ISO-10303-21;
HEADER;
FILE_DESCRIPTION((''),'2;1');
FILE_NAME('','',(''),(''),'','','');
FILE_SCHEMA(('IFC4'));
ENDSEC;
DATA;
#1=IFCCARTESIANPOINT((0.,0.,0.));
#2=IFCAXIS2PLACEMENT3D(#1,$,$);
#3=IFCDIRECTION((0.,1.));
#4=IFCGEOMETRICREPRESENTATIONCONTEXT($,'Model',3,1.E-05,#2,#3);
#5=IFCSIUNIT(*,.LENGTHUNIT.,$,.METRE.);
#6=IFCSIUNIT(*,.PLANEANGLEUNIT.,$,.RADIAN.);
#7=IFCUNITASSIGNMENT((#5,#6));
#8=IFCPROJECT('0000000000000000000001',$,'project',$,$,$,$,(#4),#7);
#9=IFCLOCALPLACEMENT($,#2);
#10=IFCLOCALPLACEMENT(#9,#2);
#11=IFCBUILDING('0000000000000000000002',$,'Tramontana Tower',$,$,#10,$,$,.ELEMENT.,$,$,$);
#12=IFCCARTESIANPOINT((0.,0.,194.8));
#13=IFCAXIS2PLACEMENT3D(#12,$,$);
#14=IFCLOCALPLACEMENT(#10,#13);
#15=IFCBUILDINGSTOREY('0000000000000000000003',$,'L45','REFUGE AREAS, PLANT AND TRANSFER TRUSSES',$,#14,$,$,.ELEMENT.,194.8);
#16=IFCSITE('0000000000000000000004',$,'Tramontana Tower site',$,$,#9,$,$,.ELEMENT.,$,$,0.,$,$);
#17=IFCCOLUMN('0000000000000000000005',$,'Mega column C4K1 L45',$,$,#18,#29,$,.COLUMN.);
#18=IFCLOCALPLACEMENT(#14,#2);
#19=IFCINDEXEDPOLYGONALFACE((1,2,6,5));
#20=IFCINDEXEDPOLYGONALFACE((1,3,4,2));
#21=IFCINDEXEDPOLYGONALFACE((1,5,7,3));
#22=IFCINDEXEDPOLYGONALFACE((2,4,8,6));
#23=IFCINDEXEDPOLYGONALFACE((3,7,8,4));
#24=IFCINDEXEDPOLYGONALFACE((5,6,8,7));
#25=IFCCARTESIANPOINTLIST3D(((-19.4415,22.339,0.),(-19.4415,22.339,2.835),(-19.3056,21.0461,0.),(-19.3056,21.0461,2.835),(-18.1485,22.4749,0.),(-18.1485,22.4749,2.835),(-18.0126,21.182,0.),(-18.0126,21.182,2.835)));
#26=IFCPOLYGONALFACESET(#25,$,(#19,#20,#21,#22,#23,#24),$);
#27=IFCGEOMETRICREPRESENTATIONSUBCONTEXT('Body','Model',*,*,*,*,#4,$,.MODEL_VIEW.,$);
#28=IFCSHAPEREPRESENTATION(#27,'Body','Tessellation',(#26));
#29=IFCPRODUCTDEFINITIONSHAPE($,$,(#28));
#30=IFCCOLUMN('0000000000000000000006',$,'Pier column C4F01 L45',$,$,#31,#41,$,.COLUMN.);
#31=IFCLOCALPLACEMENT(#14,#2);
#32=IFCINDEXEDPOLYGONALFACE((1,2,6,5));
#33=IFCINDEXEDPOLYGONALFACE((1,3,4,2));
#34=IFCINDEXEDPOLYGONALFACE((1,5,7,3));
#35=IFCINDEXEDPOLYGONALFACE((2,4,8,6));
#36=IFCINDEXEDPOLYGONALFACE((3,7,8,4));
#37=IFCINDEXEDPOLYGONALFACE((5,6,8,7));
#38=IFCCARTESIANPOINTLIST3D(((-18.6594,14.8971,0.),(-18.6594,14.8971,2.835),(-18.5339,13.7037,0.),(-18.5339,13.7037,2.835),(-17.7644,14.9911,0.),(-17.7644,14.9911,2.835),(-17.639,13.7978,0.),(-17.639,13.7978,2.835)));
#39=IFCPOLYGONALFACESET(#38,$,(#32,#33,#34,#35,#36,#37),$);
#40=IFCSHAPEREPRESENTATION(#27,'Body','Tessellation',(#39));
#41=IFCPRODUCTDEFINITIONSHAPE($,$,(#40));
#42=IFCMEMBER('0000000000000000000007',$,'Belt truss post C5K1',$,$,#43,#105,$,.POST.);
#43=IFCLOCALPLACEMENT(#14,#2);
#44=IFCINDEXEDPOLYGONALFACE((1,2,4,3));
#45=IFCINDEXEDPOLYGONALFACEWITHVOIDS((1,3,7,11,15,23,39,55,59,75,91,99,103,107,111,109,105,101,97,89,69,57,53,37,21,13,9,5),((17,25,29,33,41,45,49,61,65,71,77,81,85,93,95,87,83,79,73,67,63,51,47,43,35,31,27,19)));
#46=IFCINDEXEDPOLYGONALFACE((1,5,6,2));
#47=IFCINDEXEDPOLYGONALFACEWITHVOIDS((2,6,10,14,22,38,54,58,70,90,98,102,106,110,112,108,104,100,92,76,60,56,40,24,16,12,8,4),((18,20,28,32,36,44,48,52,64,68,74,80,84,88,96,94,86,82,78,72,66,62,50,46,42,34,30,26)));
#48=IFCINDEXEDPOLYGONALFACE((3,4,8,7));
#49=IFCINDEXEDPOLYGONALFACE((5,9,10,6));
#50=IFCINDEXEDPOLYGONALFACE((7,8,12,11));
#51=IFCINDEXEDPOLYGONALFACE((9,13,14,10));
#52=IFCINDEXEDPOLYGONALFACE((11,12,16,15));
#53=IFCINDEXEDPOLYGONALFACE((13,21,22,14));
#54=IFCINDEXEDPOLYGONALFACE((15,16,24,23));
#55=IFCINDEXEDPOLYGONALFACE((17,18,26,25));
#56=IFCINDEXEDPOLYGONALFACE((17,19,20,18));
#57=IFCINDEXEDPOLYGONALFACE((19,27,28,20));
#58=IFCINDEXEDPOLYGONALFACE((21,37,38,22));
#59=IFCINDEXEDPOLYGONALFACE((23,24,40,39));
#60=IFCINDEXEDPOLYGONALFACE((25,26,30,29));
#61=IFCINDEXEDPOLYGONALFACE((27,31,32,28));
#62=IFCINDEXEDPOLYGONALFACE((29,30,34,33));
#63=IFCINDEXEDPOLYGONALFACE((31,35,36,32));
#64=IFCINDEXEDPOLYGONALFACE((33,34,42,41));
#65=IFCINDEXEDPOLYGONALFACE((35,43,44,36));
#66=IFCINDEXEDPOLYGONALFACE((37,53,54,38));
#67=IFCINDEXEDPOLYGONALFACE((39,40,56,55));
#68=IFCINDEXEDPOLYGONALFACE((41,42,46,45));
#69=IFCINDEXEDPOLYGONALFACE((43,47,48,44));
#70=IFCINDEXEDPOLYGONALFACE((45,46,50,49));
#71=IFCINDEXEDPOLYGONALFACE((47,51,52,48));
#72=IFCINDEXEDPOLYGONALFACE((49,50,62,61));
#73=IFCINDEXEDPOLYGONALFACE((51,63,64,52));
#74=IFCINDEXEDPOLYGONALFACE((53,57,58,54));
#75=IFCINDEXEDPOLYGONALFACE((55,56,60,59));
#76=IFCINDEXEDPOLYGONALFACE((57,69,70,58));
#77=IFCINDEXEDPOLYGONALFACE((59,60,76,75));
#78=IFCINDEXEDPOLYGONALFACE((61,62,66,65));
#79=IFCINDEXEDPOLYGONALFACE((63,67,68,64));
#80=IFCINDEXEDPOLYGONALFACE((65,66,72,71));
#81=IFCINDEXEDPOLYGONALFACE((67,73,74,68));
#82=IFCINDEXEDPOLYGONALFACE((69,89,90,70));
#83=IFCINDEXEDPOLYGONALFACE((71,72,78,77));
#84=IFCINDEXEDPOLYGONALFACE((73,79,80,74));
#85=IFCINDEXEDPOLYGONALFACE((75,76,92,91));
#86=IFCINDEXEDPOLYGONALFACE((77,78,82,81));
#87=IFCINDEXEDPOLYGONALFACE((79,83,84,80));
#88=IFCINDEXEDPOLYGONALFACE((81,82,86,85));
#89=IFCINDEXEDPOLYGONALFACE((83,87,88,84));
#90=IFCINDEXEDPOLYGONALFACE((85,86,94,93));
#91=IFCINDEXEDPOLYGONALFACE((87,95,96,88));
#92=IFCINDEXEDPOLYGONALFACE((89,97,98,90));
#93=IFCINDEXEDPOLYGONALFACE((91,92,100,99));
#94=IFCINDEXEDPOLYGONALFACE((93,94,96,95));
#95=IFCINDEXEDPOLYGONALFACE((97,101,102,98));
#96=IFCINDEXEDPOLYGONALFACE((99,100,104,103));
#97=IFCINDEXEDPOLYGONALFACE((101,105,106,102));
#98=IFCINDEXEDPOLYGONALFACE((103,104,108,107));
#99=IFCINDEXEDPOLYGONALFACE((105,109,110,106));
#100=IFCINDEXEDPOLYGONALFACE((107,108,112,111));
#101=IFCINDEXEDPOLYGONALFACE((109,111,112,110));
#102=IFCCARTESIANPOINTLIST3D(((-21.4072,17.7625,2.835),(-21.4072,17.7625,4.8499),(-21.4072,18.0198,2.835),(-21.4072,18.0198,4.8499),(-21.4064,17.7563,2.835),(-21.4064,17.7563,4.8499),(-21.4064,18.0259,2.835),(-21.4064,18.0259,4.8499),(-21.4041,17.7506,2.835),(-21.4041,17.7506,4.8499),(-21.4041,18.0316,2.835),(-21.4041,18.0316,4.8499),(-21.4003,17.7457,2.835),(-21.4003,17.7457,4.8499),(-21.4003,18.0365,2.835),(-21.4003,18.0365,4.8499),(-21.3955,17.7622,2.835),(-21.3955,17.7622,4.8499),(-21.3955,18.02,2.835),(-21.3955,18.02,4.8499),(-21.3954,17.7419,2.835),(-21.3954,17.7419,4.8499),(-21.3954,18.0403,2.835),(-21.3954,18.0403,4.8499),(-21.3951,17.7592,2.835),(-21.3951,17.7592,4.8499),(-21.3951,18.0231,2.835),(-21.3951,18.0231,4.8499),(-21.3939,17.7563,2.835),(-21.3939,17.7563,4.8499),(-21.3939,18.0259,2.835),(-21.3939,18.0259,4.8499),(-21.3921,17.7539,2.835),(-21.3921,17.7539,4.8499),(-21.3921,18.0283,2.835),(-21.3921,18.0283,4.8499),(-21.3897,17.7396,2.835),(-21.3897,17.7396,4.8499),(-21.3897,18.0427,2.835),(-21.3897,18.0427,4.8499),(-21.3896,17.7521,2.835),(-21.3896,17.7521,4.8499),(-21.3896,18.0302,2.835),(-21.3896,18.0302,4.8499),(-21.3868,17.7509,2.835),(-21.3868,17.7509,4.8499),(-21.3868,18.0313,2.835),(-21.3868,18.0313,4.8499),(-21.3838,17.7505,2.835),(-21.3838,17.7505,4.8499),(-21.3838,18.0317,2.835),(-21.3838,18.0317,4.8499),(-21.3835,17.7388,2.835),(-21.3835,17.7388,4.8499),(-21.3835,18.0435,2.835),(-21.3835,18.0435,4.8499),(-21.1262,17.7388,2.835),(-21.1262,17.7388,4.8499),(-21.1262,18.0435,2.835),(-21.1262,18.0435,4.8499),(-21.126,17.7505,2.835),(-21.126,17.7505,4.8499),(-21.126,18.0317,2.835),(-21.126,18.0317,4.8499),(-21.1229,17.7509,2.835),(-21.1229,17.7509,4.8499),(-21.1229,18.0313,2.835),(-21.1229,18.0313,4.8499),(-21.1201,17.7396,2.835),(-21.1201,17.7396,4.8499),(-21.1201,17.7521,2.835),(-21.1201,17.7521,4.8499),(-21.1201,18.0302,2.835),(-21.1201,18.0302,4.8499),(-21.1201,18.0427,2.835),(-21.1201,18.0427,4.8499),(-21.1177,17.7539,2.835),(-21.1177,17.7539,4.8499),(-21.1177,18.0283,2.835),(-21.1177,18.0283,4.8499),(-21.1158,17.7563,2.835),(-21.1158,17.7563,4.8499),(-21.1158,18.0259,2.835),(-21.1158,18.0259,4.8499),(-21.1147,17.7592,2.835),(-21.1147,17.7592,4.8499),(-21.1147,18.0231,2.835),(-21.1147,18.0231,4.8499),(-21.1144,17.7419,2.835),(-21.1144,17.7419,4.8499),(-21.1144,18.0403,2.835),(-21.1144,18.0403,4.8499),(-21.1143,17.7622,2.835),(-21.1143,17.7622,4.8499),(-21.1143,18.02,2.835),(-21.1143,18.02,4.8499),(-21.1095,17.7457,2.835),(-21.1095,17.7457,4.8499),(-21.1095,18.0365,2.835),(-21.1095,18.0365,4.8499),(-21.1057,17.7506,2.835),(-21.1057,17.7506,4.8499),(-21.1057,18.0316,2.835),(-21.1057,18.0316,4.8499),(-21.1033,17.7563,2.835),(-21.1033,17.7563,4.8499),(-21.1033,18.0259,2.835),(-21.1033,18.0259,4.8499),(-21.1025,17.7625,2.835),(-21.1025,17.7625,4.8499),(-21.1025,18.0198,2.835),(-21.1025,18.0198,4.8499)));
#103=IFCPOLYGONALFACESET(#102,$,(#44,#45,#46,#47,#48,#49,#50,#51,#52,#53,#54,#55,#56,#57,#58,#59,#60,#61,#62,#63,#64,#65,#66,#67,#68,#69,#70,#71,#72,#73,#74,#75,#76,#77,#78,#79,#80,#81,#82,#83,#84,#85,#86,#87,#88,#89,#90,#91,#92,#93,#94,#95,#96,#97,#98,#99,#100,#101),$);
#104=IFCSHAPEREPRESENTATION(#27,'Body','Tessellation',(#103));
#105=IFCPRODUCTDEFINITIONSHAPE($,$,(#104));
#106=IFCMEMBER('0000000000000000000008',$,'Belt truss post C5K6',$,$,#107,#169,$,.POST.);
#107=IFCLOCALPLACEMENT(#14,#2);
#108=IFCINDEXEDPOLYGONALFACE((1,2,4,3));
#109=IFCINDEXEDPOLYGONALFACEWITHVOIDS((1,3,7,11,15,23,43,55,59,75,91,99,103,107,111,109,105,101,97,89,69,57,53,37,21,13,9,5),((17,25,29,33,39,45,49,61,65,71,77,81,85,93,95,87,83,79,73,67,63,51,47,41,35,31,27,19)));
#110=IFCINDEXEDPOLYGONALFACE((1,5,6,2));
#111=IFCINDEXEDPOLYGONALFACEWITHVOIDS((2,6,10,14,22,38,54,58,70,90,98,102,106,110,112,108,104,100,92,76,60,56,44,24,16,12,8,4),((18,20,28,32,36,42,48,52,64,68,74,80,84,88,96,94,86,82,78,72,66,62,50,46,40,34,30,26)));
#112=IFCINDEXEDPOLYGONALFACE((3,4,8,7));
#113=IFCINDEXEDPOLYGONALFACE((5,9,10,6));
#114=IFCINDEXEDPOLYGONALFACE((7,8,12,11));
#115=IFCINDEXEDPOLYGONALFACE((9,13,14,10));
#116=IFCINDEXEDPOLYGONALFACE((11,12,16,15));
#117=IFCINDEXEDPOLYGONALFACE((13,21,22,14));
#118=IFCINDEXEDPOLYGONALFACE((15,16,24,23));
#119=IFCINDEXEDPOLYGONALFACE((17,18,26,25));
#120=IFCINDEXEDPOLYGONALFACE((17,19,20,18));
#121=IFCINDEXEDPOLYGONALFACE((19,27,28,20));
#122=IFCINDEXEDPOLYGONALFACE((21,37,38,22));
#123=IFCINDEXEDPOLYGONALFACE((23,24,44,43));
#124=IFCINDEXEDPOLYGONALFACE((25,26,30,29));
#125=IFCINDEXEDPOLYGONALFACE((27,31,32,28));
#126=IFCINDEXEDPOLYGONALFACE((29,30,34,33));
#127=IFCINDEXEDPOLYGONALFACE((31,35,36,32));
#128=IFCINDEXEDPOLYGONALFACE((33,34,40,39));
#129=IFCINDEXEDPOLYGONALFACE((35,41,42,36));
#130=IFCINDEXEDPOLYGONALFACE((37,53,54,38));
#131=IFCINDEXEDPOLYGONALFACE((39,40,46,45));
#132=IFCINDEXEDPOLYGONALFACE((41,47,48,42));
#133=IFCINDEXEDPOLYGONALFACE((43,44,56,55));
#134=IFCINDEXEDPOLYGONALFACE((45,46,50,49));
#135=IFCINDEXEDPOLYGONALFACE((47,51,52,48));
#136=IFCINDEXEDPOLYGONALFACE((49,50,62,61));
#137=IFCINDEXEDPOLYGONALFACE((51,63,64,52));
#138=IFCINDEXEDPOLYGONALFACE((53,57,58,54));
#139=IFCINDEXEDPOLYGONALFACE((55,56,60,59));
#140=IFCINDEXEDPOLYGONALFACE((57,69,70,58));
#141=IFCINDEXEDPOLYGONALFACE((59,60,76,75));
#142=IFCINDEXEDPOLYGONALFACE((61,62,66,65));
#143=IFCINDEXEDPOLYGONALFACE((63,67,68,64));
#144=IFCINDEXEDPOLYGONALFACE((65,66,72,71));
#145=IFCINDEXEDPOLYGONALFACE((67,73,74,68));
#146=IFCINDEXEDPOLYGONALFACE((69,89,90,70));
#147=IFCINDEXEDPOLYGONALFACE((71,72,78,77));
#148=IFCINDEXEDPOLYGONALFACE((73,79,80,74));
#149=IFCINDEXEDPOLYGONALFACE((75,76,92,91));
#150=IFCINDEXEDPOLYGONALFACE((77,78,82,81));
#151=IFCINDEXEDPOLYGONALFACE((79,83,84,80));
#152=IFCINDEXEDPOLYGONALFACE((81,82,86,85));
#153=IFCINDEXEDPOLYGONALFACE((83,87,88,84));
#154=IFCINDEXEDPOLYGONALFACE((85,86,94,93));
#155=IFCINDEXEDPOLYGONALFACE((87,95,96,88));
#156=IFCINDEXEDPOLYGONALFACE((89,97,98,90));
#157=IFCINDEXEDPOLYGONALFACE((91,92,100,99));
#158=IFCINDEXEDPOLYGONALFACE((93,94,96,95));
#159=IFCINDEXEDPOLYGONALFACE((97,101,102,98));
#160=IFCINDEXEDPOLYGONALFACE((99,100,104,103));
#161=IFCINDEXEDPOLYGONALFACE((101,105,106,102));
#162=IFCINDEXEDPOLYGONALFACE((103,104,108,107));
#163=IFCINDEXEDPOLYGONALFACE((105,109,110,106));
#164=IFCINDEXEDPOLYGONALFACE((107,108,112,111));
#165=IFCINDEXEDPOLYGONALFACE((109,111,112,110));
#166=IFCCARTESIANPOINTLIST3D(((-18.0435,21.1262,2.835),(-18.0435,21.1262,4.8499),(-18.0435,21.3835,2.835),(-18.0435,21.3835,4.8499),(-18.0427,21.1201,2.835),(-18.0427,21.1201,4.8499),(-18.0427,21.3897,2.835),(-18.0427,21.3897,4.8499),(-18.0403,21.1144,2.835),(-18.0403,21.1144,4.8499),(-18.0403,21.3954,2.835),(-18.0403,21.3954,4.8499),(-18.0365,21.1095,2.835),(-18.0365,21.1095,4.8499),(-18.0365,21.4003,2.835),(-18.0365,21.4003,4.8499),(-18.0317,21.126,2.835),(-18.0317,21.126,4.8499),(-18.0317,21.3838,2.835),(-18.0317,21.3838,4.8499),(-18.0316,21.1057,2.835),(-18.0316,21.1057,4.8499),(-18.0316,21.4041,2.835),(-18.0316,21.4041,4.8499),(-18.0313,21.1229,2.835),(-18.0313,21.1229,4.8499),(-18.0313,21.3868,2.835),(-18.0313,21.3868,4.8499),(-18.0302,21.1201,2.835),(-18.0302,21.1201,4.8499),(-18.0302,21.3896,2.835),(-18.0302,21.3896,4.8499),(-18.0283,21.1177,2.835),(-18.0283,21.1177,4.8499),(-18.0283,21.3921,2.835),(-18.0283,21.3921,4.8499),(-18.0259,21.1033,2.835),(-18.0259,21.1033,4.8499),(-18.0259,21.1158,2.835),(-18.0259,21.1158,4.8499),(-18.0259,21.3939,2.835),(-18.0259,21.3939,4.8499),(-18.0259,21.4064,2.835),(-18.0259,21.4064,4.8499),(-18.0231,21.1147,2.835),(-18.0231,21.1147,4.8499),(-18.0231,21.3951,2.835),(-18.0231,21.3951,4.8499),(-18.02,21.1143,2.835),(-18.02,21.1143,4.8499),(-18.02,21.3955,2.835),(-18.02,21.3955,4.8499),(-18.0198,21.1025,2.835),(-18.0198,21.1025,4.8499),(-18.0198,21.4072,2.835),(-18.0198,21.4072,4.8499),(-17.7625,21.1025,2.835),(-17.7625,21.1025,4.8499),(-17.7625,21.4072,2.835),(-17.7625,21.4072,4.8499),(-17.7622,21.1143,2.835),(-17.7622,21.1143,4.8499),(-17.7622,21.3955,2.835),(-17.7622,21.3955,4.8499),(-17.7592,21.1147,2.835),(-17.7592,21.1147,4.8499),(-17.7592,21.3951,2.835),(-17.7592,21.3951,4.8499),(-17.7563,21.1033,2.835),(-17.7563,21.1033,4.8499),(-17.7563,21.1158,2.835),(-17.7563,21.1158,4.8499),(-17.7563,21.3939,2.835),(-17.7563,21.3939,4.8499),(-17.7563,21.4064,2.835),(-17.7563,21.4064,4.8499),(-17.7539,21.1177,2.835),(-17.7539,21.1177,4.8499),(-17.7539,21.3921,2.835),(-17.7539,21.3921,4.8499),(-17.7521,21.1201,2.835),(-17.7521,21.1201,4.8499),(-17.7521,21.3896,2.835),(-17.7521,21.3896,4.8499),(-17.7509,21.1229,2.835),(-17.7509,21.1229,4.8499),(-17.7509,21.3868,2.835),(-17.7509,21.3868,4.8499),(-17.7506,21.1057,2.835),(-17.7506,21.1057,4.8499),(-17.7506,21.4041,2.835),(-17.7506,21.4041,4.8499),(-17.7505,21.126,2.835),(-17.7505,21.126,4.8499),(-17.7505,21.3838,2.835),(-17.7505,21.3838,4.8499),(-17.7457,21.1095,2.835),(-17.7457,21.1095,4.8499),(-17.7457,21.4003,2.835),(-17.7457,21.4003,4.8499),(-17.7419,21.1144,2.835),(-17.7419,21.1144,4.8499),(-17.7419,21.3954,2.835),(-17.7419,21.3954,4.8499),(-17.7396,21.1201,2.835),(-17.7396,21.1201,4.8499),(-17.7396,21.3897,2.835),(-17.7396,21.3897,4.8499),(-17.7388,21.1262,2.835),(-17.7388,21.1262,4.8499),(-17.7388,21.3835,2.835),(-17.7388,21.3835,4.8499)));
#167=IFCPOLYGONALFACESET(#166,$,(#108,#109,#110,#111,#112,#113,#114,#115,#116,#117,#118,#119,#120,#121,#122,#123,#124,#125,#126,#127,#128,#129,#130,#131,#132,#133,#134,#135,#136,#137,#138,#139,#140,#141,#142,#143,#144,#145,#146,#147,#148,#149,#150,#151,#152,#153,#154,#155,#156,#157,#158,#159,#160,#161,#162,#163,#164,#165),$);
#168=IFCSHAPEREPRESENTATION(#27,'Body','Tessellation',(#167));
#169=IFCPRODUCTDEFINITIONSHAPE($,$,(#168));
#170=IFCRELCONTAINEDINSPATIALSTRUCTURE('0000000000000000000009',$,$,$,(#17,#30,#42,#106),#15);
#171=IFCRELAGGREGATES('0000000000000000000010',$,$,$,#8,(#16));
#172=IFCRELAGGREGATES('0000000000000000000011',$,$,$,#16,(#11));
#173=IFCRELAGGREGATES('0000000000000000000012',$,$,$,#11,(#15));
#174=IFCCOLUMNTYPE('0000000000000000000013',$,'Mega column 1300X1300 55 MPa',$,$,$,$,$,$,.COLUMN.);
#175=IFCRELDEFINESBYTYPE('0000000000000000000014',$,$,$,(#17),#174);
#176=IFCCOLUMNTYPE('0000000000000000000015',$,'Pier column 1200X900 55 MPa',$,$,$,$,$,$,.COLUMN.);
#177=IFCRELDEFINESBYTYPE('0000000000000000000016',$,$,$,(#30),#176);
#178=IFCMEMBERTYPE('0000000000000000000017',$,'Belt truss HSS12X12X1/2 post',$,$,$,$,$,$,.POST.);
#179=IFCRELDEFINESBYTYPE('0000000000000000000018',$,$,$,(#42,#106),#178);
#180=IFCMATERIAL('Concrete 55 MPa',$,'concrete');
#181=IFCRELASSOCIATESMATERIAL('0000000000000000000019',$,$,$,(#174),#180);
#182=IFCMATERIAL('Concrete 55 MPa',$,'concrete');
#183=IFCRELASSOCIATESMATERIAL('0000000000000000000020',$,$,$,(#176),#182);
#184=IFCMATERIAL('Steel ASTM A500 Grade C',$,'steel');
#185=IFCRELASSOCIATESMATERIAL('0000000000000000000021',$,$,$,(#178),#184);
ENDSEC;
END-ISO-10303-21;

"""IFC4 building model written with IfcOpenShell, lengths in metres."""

from ifc_helpers import new_model, si_unit, direction, frame, origin, origin_2d, place, context, subcontext, project, spatial, rectangle, hollow_rectangle, extrude, material, material_profile, profile_set, type_object, element, save


model = new_model("IFC4")

# Units and contexts
model_context = context("Model", 3, precision=1e-05, world=origin(), true_north=direction((0.0, 1.0)))
body_context = subcontext(model_context, "Body", "Model", "MODEL_VIEW")
ifc_project = project(units=[si_unit("LENGTHUNIT", "METRE"), si_unit("PLANEANGLEUNIT", "RADIAN")], contexts=[model_context])

# Site, building, storey
site_placement = place(None, origin())
site = spatial("IfcSite", under=ifc_project, at=site_placement, Name="Tramontana Tower site", CompositionType="ELEMENT", RefElevation=0.0)
building_placement = place(site_placement, origin())
building = spatial("IfcBuilding", under=site, at=building_placement, Name="Tramontana Tower", CompositionType="ELEMENT")
storey_placement = place(building_placement, frame((0.0, 0.0, 194.8)))
storey = spatial("IfcBuildingStorey", under=building, at=storey_placement, Name="L45", Description="REFUGE AREAS, PLANT AND TRANSFER TRUSSES", CompositionType="ELEMENT", Elevation=194.8)

# Columns
ifc_material_1 = material(Name="Concrete 55 MPa", Category="concrete")
ifc_material_profile_1 = material_profile(ifc_material_1, rectangle(XDim=1.3, YDim=1.3, at=origin_2d()), Name="Mega column 1300X1300 55 MPa")
ifc_profile_set_1 = profile_set([ifc_material_profile_1], Name="Concrete 55 MPa")
column_type_1 = type_object("IfcColumnType", Name="Mega column 1300X1300 55 MPa", PredefinedType="COLUMN", material=ifc_profile_set_1)
column_1_placement = place(storey_placement, frame((-18.7271, 21.7605, 0.0), z_axis=(0.0, 0.0, 1.0), x_axis=(0.104528, -0.994522, 0.0)))
element("IfcColumn", 1, at=column_1_placement, inside=storey, type_object=column_type_1, Name="Mega column C4K1 L45", PredefinedType="COLUMN", context=body_context, shape_type="SweptSolid", body=[
    extrude(rectangle(XDim=1.3, YDim=1.3, at=origin_2d()), origin(), (0.0, 0.0, 1.0), 2.835),
])
ifc_material_2 = material(Name="Concrete 55 MPa", Category="concrete")
ifc_material_profile_2 = material_profile(ifc_material_2, rectangle(XDim=1.2, YDim=0.8999, at=origin_2d()), Name="Pier column 1200X900 55 MPa")
ifc_profile_set_2 = profile_set([ifc_material_profile_2], Name="Concrete 55 MPa")
column_type_2 = type_object("IfcColumnType", Name="Pier column 1200X900 55 MPa", PredefinedType="COLUMN", material=ifc_profile_set_2)
column_2_placement = place(storey_placement, frame((-18.1492, 14.3474, 0.0), z_axis=(0.0, 0.0, 1.0), x_axis=(0.104528, -0.994522, 0.0)))
element("IfcColumn", 2, at=column_2_placement, inside=storey, type_object=column_type_2, Name="Pier column C4F01 L45", PredefinedType="COLUMN", context=body_context, shape_type="SweptSolid", body=[
    extrude(rectangle(XDim=1.2, YDim=0.8999, at=origin_2d()), origin(), (0.0, 0.0, 1.0), 2.835),
])

# Members
ifc_material_3 = material(Name="Steel ASTM A500 Grade C", Category="steel")
ifc_material_profile_3 = material_profile(ifc_material_3, hollow_rectangle(XDim=0.3047, YDim=0.3047, WallThickness=0.0117, InnerFilletRadius=0.0117, OuterFilletRadius=0.0237, at=origin_2d()), Name="HSS12X12X1/2")
ifc_profile_set_3 = profile_set([ifc_material_profile_3], Name="Steel ASTM A500 Grade C")
member_type_1 = type_object("IfcMemberType", Name="Belt truss HSS12X12X1/2 post", PredefinedType="POST", material=ifc_profile_set_3)
for number, where, z_axis, x_axis, name in (
    (3, (-21.2549, 17.8911, 2.835), (0.0, 0.0, 1.0), (1.0, 0.0, 0.0), "Belt truss post C5K1"),
    (4, (-17.8911, 21.2549, 2.835), (0.0, 0.0, 1.0), (1.0, 0.0, 0.0), "Belt truss post C5K6"),
):
    element("IfcMember", number, at=place(storey_placement, frame(where, z_axis=z_axis, x_axis=x_axis)), inside=storey, type_object=member_type_1, Name=name, PredefinedType="POST", context=body_context, shape_type="SweptSolid", body=[
        extrude(hollow_rectangle(XDim=0.3047, YDim=0.3047, WallThickness=0.0117, InnerFilletRadius=0.0117, OuterFilletRadius=0.0237, at=origin_2d()), origin(), (0.0, 0.0, 1.0), 2.0149),
    ])

save(model, "model.ifc")
